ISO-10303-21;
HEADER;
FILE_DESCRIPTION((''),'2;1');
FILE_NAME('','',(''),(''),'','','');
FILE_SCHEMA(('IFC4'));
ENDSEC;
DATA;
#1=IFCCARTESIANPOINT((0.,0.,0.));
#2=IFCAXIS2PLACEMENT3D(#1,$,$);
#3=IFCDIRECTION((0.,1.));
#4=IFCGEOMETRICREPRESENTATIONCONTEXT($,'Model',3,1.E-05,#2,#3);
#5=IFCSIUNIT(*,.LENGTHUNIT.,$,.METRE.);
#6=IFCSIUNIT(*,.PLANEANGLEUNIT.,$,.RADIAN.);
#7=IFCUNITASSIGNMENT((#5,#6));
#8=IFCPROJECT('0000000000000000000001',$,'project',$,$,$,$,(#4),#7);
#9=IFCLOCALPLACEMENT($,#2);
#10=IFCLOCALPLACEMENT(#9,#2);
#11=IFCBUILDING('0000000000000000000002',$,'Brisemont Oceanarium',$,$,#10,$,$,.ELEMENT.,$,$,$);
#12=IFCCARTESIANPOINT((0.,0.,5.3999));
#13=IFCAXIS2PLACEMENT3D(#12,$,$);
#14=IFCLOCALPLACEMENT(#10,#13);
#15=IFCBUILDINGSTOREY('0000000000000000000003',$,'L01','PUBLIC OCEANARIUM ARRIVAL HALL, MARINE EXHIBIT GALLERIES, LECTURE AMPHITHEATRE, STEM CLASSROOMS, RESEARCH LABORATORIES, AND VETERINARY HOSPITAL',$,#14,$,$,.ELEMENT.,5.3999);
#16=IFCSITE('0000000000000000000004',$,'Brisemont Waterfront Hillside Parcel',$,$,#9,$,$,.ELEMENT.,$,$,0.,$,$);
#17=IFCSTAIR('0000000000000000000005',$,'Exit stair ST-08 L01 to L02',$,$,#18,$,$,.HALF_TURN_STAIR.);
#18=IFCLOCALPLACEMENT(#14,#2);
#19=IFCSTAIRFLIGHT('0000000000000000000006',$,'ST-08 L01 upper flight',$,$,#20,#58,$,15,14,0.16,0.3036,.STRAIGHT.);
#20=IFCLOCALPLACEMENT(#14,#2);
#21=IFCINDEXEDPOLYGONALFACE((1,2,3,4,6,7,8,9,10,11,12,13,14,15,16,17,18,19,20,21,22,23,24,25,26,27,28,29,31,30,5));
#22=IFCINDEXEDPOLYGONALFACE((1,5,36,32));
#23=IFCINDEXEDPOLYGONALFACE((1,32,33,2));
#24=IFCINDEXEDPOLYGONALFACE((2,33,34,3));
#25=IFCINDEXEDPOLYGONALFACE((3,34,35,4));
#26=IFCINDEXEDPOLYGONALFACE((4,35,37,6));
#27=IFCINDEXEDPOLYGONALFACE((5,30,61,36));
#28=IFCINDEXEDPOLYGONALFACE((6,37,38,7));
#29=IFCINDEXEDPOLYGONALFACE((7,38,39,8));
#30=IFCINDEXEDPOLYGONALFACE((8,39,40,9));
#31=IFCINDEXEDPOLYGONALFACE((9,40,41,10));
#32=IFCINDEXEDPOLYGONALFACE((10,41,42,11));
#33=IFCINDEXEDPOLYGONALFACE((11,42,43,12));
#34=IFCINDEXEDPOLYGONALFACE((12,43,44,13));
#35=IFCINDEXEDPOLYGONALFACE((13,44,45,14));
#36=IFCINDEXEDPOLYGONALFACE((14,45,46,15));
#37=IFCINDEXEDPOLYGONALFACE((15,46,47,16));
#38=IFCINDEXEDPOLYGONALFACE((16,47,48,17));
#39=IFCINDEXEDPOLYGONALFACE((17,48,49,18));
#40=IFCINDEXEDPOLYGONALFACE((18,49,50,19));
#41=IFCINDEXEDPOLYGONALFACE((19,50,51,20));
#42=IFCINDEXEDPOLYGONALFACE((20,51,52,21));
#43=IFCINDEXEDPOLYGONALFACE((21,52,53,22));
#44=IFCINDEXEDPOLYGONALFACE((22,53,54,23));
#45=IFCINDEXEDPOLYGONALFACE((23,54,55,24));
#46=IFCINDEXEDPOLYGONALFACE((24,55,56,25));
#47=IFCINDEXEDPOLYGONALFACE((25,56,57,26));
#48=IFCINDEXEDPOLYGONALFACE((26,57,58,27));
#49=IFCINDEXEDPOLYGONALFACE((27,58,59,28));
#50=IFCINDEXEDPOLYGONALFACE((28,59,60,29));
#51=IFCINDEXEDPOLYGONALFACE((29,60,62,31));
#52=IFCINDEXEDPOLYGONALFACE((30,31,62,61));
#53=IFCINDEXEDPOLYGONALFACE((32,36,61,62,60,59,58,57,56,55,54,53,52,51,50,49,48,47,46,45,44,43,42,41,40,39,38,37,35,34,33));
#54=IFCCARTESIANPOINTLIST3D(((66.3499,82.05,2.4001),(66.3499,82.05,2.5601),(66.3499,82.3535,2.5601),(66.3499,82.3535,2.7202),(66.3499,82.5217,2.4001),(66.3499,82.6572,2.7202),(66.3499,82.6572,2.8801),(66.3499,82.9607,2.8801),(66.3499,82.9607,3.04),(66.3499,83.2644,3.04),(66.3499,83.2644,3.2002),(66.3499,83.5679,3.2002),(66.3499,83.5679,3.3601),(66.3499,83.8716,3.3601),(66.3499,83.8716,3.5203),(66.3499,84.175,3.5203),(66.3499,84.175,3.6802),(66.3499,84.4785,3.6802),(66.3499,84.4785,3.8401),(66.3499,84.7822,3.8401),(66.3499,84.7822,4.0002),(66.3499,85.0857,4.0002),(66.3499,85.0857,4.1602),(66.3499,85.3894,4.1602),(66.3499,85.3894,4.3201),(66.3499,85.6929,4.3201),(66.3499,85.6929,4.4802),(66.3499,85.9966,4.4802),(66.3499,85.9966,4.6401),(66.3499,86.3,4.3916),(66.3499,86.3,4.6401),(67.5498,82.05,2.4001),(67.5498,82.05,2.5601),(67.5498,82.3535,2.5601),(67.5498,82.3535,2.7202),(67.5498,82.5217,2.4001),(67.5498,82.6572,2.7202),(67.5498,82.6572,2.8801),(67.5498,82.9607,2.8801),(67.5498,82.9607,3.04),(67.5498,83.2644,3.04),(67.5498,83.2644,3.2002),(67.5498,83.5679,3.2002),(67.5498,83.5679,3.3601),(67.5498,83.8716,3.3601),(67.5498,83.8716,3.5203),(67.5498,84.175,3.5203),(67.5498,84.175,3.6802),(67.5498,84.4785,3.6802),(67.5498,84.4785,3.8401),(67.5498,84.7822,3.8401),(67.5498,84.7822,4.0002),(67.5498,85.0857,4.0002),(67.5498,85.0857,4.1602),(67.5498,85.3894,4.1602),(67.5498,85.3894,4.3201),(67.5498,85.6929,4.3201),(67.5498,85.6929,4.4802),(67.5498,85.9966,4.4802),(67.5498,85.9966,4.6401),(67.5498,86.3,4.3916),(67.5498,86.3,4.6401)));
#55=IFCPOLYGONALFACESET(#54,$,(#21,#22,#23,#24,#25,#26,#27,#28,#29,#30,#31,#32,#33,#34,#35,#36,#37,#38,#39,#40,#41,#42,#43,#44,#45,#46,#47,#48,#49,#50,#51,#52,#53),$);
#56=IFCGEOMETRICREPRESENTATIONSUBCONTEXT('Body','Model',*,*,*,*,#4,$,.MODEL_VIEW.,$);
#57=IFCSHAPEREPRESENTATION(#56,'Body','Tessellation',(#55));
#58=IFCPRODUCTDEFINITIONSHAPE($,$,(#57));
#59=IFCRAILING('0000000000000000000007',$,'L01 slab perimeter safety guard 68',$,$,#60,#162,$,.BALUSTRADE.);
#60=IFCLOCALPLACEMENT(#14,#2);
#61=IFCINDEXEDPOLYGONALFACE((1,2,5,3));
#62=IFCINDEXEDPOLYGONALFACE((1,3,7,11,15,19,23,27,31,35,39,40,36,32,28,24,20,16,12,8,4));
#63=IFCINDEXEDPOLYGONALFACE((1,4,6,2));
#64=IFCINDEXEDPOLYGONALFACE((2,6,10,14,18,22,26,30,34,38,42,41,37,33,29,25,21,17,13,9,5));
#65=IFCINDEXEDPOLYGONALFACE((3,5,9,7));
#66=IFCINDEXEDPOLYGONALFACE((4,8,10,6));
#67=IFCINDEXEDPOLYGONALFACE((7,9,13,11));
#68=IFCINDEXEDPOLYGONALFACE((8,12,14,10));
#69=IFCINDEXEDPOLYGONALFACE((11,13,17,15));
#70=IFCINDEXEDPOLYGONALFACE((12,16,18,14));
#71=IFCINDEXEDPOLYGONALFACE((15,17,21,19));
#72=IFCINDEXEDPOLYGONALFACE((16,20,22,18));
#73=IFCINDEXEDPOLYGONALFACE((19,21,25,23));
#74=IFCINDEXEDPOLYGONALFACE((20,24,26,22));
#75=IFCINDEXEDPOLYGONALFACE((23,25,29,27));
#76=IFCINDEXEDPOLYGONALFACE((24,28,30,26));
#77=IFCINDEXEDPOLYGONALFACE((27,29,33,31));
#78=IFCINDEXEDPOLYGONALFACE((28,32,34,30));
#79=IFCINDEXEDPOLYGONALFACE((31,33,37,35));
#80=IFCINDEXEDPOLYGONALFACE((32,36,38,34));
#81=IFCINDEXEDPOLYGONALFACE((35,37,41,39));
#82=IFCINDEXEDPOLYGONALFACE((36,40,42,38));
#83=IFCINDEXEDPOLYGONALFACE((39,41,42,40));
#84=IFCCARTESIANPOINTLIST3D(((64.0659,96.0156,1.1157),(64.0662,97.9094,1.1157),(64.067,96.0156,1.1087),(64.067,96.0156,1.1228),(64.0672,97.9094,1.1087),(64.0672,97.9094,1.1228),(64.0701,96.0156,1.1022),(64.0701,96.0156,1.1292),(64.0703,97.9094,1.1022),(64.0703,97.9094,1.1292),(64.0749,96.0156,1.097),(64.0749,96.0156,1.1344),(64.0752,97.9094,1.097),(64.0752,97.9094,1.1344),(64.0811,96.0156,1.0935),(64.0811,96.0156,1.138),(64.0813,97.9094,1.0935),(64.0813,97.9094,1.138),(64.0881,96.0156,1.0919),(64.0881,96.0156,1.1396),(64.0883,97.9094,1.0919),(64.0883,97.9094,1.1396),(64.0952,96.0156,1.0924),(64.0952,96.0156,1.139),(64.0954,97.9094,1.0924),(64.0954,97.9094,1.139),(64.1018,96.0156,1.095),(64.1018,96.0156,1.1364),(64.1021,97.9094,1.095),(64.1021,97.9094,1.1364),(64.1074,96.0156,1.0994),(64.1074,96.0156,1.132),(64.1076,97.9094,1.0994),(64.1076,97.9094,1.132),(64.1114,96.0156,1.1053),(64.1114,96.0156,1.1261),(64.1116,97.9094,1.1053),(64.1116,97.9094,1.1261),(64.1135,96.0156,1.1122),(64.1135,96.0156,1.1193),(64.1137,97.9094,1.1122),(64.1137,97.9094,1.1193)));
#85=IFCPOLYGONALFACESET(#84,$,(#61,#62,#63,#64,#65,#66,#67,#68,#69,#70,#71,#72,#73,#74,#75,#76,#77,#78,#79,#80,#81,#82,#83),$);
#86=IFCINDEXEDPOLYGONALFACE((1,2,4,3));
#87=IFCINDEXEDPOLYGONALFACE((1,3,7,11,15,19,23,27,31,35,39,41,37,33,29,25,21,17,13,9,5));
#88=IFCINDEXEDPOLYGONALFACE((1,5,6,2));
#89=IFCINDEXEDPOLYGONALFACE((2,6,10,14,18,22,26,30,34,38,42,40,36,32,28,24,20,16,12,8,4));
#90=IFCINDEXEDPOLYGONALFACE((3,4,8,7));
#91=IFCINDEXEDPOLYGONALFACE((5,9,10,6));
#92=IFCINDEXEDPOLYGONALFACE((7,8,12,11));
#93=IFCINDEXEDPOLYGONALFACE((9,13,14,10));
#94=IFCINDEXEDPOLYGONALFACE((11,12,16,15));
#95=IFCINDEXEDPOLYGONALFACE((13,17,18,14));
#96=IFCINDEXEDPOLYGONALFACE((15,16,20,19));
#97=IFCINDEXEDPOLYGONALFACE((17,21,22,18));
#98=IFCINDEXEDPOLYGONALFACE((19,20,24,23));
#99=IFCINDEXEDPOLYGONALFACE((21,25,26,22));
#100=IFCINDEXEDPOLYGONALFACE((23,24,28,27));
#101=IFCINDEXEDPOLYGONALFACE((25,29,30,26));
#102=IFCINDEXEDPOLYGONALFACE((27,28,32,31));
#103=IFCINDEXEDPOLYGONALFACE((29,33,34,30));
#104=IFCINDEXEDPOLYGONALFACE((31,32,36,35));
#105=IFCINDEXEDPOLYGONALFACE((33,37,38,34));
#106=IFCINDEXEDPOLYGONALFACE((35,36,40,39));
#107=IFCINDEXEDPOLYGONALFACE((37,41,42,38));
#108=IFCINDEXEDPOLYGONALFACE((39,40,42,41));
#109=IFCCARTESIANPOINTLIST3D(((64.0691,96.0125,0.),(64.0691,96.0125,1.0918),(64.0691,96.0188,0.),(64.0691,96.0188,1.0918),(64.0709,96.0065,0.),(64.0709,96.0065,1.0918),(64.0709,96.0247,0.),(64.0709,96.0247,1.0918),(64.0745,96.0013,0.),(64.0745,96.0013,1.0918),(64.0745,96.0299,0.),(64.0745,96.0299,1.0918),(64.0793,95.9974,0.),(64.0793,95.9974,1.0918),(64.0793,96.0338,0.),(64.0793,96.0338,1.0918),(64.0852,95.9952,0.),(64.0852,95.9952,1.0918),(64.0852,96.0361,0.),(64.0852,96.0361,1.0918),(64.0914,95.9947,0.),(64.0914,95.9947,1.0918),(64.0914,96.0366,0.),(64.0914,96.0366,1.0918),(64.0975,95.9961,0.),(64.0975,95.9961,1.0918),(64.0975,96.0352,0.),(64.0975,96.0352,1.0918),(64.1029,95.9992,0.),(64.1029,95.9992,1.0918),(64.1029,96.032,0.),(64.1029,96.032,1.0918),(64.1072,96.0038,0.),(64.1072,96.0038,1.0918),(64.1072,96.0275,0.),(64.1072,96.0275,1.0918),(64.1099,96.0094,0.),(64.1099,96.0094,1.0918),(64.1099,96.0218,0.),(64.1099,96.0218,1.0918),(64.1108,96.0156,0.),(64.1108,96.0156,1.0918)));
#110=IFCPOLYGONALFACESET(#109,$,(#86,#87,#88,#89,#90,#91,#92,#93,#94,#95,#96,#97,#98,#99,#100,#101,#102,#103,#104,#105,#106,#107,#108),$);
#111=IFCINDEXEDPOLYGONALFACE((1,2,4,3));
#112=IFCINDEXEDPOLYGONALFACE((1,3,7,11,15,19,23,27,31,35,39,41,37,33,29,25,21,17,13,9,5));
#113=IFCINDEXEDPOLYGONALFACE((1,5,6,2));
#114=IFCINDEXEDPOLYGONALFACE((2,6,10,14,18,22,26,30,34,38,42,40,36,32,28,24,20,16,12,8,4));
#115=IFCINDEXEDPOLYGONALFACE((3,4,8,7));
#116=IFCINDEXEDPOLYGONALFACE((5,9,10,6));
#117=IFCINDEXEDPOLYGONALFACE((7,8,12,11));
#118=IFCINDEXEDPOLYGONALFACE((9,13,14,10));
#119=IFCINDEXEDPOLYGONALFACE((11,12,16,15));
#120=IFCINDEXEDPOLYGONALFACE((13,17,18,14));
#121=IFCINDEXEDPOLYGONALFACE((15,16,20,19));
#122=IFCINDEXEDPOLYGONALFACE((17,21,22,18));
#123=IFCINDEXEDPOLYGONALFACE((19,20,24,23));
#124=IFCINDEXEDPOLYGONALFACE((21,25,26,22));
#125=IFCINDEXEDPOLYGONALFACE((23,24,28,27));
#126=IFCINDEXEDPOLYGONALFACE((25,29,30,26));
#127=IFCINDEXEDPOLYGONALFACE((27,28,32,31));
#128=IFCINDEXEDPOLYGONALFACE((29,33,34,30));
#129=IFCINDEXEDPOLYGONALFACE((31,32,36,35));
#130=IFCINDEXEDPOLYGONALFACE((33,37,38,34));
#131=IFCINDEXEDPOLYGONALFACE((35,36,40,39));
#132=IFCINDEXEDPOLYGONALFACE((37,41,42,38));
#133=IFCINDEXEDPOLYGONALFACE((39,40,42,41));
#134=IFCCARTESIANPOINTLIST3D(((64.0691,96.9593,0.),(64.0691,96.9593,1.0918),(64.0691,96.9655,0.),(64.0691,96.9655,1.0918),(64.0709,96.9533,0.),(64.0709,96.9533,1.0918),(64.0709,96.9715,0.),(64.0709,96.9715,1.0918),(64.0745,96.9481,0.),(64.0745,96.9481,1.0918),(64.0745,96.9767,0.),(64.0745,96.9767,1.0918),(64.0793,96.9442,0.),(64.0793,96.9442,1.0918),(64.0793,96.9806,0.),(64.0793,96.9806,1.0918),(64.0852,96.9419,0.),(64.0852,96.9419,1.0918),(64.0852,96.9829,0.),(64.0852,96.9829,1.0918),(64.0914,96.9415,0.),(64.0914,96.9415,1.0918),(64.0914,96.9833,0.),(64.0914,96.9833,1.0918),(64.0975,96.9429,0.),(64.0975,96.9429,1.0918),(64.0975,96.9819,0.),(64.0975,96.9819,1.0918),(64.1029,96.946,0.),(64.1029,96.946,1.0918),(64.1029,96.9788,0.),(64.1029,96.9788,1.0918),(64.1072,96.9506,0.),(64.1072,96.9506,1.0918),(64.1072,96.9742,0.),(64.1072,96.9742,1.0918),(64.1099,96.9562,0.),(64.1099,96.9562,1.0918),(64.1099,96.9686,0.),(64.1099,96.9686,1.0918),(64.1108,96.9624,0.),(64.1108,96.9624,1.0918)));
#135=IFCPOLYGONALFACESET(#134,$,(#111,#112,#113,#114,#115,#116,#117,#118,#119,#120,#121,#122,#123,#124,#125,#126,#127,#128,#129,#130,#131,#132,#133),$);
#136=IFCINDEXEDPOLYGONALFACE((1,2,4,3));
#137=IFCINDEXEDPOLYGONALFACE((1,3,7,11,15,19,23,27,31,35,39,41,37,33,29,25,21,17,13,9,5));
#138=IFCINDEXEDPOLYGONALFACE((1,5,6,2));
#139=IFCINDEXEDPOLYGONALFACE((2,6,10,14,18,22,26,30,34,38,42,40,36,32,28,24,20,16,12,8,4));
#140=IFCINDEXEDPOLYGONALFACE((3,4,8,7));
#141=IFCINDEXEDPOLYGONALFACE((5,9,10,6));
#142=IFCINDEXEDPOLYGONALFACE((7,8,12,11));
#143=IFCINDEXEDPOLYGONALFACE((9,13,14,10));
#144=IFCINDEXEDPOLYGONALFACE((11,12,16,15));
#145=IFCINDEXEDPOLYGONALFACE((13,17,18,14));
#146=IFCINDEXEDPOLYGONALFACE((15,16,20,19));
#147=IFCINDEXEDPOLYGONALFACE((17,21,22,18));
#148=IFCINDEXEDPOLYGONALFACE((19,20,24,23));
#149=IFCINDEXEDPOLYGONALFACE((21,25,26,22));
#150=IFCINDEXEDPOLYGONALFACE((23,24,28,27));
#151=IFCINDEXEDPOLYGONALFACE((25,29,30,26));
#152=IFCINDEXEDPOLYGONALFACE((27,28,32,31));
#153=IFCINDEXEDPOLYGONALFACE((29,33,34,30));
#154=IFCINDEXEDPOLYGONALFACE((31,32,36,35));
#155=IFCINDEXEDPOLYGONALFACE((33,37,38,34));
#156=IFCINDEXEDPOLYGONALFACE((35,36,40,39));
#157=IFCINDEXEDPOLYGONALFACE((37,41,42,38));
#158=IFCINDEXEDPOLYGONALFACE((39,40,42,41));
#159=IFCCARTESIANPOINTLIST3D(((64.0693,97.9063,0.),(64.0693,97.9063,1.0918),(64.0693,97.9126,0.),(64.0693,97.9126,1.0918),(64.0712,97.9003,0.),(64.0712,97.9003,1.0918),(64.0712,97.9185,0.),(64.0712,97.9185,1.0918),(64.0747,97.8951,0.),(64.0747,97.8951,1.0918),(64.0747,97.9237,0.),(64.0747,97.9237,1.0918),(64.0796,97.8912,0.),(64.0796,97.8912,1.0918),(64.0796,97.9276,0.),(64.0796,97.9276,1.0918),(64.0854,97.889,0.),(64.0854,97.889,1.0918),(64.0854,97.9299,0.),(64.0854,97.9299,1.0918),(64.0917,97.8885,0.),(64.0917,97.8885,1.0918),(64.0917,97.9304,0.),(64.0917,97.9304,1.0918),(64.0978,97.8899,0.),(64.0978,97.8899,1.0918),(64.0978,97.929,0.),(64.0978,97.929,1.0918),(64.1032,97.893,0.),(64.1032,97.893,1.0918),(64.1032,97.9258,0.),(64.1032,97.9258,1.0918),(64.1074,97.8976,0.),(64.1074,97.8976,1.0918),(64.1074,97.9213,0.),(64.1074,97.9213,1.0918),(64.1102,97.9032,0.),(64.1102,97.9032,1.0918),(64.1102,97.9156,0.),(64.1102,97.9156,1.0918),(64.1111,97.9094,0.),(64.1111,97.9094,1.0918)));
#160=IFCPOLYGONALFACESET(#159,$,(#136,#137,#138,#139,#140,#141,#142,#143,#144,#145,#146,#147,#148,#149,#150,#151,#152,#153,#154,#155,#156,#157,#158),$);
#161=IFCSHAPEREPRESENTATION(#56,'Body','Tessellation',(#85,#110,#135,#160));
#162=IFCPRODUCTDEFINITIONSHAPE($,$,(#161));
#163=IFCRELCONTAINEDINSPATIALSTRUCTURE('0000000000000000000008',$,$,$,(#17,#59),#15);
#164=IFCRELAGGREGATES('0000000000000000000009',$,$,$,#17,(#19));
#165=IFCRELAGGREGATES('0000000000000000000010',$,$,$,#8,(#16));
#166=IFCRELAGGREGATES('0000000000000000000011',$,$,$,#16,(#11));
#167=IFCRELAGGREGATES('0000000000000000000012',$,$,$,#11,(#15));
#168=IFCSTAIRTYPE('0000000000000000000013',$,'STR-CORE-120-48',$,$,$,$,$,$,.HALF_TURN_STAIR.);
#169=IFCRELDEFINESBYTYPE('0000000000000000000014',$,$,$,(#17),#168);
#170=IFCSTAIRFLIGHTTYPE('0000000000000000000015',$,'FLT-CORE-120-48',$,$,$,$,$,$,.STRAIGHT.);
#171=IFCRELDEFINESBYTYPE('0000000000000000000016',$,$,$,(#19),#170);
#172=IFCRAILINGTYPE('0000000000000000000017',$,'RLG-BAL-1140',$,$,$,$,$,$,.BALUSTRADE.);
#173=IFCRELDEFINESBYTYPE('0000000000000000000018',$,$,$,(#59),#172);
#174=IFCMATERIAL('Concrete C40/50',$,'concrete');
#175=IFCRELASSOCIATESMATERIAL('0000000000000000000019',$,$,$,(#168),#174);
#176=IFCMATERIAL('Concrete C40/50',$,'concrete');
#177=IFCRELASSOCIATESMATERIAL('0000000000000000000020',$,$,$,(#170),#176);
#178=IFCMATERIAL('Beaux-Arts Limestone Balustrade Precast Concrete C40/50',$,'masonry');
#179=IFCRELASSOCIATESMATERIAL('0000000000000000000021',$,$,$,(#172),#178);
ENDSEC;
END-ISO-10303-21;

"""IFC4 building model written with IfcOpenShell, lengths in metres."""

from ifc_helpers import new_model, si_unit, direction, frame, origin, origin_2d, place, context, subcontext, project, spatial, polyline, circle, outline, extrude, material, type_object, element, aggregate, save


model = new_model("IFC4")

# Units and contexts
model_context = context("Model", 3, precision=1e-05, world=origin(), true_north=direction((0.0, 1.0)))
body_context = subcontext(model_context, "Body", "Model", "MODEL_VIEW")
ifc_project = project(units=[si_unit("LENGTHUNIT", "METRE"), si_unit("PLANEANGLEUNIT", "RADIAN")], contexts=[model_context])

# Site, building, storey
site_placement = place(None, origin())
site = spatial("IfcSite", under=ifc_project, at=site_placement, Name="Brisemont Waterfront Hillside Parcel", CompositionType="ELEMENT", RefElevation=0.0)
building_placement = place(site_placement, origin())
building = spatial("IfcBuilding", under=site, at=building_placement, Name="Brisemont Oceanarium", CompositionType="ELEMENT")
storey_placement = place(building_placement, frame((0.0, 0.0, 5.3999)))
storey = spatial("IfcBuildingStorey", under=building, at=storey_placement, Name="L01", Description="PUBLIC OCEANARIUM ARRIVAL HALL, MARINE EXHIBIT GALLERIES, LECTURE AMPHITHEATRE, STEM CLASSROOMS, RESEARCH LABORATORIES, AND VETERINARY HOSPITAL", CompositionType="ELEMENT", Elevation=5.3999)

# Stair, stair flight
ifc_material_1 = material(Name="Concrete C40/50", Category="concrete")
stair_type = type_object("IfcStairType", Name="STR-CORE-120-48", PredefinedType="HALF_TURN_STAIR", material=ifc_material_1)
stair_placement = place(storey_placement, origin())
stair = element("IfcStair", 1, at=stair_placement, inside=storey, type_object=stair_type, Name="Exit stair ST-08 L01 to L02", PredefinedType="HALF_TURN_STAIR")
ifc_material_2 = material(Name="Concrete C40/50", Category="concrete")
stair_flight_type = type_object("IfcStairFlightType", Name="FLT-CORE-120-48", PredefinedType="STRAIGHT", material=ifc_material_2)
stair_flight_1_placement = place(storey_placement, frame((66.95, 82.05, 2.4001), z_axis=(0.0, 0.0, 1.0), x_axis=(0.0, 1.0, 0.0)))
stair_flight_1 = element("IfcStairFlight", 2, at=stair_flight_1_placement, type_object=stair_flight_type, Name="ST-08 L01 upper flight", NumberOfRisers=15, NumberOfTreads=14, PredefinedType="STRAIGHT", RiserHeight=0.16, TreadLength=0.3036, context=body_context, shape_type="SweptSolid", body=[
    extrude(outline(polyline([(0.0, 0.0), (0.0, 0.1599), (0.3035, 0.1599), (0.3035, 0.3201), (0.6072, 0.3201), (0.6072, 0.48), (0.9106, 0.48), (0.9106, 0.6399), (1.2144, 0.6399), (1.2144, 0.8), (1.5178, 0.8), (1.5178, 0.96), (1.8215, 0.96), (1.8215, 1.1201), (2.125, 1.1201), (2.125, 1.28), (2.4285, 1.28), (2.4285, 1.4399), (2.7322, 1.4399), (2.7322, 1.6001), (3.0356, 1.6001), (3.0356, 1.76), (3.3394, 1.76), (3.3394, 1.9199), (3.6428, 1.9199), (3.6428, 2.0801), (3.9465, 2.0801), (3.9465, 2.24), (4.25, 2.24), (4.25, 2.3999), (4.25, 1.9915), (0.4717, 0.0), (0.0, 0.0)])), frame((0.0, 0.6001, 0.0), z_axis=(0.0, -1.0, 0.0), x_axis=(1.0, 0.0, 0.0)), (0.0, 0.0, 1.0), 1.2),
])
aggregate(stair, [stair_flight_1])

# Railing
ifc_material_3 = material(Name="Beaux-Arts Limestone Balustrade Precast Concrete C40/50", Category="masonry")
railing_type_1 = type_object("IfcRailingType", Name="RLG-BAL-1140", PredefinedType="BALUSTRADE", material=ifc_material_3)
railing_1_placement = place(storey_placement, frame((64.0898, 96.0156, 0.0)))
element("IfcRailing", 3, at=railing_1_placement, inside=storey, type_object=railing_type_1, Name="L01 slab perimeter safety guard 68", PredefinedType="BALUSTRADE", context=body_context, shape_type="SweptSolid", body=[
    extrude(circle(Radius=0.0239, at=origin_2d()), frame((0.0, 0.0, 1.1157), z_axis=(0.000129, 1.0, 0.0), x_axis=(-1.0, 0.000129, 0.0)), (0.0, 0.0, 1.0), 1.8938),
    extrude(circle(Radius=0.021, at=origin_2d()), origin(), (0.0, 0.0, 1.0), 1.0918),
    extrude(circle(Radius=0.021, at=origin_2d()), frame((0.0, 0.9468, 0.0)), (0.0, 0.0, 1.0), 1.0918),
    extrude(circle(Radius=0.021, at=origin_2d()), frame((0.0002, 1.8938, 0.0)), (0.0, 0.0, 1.0), 1.0918),
])

save(model, "model.ifc")
